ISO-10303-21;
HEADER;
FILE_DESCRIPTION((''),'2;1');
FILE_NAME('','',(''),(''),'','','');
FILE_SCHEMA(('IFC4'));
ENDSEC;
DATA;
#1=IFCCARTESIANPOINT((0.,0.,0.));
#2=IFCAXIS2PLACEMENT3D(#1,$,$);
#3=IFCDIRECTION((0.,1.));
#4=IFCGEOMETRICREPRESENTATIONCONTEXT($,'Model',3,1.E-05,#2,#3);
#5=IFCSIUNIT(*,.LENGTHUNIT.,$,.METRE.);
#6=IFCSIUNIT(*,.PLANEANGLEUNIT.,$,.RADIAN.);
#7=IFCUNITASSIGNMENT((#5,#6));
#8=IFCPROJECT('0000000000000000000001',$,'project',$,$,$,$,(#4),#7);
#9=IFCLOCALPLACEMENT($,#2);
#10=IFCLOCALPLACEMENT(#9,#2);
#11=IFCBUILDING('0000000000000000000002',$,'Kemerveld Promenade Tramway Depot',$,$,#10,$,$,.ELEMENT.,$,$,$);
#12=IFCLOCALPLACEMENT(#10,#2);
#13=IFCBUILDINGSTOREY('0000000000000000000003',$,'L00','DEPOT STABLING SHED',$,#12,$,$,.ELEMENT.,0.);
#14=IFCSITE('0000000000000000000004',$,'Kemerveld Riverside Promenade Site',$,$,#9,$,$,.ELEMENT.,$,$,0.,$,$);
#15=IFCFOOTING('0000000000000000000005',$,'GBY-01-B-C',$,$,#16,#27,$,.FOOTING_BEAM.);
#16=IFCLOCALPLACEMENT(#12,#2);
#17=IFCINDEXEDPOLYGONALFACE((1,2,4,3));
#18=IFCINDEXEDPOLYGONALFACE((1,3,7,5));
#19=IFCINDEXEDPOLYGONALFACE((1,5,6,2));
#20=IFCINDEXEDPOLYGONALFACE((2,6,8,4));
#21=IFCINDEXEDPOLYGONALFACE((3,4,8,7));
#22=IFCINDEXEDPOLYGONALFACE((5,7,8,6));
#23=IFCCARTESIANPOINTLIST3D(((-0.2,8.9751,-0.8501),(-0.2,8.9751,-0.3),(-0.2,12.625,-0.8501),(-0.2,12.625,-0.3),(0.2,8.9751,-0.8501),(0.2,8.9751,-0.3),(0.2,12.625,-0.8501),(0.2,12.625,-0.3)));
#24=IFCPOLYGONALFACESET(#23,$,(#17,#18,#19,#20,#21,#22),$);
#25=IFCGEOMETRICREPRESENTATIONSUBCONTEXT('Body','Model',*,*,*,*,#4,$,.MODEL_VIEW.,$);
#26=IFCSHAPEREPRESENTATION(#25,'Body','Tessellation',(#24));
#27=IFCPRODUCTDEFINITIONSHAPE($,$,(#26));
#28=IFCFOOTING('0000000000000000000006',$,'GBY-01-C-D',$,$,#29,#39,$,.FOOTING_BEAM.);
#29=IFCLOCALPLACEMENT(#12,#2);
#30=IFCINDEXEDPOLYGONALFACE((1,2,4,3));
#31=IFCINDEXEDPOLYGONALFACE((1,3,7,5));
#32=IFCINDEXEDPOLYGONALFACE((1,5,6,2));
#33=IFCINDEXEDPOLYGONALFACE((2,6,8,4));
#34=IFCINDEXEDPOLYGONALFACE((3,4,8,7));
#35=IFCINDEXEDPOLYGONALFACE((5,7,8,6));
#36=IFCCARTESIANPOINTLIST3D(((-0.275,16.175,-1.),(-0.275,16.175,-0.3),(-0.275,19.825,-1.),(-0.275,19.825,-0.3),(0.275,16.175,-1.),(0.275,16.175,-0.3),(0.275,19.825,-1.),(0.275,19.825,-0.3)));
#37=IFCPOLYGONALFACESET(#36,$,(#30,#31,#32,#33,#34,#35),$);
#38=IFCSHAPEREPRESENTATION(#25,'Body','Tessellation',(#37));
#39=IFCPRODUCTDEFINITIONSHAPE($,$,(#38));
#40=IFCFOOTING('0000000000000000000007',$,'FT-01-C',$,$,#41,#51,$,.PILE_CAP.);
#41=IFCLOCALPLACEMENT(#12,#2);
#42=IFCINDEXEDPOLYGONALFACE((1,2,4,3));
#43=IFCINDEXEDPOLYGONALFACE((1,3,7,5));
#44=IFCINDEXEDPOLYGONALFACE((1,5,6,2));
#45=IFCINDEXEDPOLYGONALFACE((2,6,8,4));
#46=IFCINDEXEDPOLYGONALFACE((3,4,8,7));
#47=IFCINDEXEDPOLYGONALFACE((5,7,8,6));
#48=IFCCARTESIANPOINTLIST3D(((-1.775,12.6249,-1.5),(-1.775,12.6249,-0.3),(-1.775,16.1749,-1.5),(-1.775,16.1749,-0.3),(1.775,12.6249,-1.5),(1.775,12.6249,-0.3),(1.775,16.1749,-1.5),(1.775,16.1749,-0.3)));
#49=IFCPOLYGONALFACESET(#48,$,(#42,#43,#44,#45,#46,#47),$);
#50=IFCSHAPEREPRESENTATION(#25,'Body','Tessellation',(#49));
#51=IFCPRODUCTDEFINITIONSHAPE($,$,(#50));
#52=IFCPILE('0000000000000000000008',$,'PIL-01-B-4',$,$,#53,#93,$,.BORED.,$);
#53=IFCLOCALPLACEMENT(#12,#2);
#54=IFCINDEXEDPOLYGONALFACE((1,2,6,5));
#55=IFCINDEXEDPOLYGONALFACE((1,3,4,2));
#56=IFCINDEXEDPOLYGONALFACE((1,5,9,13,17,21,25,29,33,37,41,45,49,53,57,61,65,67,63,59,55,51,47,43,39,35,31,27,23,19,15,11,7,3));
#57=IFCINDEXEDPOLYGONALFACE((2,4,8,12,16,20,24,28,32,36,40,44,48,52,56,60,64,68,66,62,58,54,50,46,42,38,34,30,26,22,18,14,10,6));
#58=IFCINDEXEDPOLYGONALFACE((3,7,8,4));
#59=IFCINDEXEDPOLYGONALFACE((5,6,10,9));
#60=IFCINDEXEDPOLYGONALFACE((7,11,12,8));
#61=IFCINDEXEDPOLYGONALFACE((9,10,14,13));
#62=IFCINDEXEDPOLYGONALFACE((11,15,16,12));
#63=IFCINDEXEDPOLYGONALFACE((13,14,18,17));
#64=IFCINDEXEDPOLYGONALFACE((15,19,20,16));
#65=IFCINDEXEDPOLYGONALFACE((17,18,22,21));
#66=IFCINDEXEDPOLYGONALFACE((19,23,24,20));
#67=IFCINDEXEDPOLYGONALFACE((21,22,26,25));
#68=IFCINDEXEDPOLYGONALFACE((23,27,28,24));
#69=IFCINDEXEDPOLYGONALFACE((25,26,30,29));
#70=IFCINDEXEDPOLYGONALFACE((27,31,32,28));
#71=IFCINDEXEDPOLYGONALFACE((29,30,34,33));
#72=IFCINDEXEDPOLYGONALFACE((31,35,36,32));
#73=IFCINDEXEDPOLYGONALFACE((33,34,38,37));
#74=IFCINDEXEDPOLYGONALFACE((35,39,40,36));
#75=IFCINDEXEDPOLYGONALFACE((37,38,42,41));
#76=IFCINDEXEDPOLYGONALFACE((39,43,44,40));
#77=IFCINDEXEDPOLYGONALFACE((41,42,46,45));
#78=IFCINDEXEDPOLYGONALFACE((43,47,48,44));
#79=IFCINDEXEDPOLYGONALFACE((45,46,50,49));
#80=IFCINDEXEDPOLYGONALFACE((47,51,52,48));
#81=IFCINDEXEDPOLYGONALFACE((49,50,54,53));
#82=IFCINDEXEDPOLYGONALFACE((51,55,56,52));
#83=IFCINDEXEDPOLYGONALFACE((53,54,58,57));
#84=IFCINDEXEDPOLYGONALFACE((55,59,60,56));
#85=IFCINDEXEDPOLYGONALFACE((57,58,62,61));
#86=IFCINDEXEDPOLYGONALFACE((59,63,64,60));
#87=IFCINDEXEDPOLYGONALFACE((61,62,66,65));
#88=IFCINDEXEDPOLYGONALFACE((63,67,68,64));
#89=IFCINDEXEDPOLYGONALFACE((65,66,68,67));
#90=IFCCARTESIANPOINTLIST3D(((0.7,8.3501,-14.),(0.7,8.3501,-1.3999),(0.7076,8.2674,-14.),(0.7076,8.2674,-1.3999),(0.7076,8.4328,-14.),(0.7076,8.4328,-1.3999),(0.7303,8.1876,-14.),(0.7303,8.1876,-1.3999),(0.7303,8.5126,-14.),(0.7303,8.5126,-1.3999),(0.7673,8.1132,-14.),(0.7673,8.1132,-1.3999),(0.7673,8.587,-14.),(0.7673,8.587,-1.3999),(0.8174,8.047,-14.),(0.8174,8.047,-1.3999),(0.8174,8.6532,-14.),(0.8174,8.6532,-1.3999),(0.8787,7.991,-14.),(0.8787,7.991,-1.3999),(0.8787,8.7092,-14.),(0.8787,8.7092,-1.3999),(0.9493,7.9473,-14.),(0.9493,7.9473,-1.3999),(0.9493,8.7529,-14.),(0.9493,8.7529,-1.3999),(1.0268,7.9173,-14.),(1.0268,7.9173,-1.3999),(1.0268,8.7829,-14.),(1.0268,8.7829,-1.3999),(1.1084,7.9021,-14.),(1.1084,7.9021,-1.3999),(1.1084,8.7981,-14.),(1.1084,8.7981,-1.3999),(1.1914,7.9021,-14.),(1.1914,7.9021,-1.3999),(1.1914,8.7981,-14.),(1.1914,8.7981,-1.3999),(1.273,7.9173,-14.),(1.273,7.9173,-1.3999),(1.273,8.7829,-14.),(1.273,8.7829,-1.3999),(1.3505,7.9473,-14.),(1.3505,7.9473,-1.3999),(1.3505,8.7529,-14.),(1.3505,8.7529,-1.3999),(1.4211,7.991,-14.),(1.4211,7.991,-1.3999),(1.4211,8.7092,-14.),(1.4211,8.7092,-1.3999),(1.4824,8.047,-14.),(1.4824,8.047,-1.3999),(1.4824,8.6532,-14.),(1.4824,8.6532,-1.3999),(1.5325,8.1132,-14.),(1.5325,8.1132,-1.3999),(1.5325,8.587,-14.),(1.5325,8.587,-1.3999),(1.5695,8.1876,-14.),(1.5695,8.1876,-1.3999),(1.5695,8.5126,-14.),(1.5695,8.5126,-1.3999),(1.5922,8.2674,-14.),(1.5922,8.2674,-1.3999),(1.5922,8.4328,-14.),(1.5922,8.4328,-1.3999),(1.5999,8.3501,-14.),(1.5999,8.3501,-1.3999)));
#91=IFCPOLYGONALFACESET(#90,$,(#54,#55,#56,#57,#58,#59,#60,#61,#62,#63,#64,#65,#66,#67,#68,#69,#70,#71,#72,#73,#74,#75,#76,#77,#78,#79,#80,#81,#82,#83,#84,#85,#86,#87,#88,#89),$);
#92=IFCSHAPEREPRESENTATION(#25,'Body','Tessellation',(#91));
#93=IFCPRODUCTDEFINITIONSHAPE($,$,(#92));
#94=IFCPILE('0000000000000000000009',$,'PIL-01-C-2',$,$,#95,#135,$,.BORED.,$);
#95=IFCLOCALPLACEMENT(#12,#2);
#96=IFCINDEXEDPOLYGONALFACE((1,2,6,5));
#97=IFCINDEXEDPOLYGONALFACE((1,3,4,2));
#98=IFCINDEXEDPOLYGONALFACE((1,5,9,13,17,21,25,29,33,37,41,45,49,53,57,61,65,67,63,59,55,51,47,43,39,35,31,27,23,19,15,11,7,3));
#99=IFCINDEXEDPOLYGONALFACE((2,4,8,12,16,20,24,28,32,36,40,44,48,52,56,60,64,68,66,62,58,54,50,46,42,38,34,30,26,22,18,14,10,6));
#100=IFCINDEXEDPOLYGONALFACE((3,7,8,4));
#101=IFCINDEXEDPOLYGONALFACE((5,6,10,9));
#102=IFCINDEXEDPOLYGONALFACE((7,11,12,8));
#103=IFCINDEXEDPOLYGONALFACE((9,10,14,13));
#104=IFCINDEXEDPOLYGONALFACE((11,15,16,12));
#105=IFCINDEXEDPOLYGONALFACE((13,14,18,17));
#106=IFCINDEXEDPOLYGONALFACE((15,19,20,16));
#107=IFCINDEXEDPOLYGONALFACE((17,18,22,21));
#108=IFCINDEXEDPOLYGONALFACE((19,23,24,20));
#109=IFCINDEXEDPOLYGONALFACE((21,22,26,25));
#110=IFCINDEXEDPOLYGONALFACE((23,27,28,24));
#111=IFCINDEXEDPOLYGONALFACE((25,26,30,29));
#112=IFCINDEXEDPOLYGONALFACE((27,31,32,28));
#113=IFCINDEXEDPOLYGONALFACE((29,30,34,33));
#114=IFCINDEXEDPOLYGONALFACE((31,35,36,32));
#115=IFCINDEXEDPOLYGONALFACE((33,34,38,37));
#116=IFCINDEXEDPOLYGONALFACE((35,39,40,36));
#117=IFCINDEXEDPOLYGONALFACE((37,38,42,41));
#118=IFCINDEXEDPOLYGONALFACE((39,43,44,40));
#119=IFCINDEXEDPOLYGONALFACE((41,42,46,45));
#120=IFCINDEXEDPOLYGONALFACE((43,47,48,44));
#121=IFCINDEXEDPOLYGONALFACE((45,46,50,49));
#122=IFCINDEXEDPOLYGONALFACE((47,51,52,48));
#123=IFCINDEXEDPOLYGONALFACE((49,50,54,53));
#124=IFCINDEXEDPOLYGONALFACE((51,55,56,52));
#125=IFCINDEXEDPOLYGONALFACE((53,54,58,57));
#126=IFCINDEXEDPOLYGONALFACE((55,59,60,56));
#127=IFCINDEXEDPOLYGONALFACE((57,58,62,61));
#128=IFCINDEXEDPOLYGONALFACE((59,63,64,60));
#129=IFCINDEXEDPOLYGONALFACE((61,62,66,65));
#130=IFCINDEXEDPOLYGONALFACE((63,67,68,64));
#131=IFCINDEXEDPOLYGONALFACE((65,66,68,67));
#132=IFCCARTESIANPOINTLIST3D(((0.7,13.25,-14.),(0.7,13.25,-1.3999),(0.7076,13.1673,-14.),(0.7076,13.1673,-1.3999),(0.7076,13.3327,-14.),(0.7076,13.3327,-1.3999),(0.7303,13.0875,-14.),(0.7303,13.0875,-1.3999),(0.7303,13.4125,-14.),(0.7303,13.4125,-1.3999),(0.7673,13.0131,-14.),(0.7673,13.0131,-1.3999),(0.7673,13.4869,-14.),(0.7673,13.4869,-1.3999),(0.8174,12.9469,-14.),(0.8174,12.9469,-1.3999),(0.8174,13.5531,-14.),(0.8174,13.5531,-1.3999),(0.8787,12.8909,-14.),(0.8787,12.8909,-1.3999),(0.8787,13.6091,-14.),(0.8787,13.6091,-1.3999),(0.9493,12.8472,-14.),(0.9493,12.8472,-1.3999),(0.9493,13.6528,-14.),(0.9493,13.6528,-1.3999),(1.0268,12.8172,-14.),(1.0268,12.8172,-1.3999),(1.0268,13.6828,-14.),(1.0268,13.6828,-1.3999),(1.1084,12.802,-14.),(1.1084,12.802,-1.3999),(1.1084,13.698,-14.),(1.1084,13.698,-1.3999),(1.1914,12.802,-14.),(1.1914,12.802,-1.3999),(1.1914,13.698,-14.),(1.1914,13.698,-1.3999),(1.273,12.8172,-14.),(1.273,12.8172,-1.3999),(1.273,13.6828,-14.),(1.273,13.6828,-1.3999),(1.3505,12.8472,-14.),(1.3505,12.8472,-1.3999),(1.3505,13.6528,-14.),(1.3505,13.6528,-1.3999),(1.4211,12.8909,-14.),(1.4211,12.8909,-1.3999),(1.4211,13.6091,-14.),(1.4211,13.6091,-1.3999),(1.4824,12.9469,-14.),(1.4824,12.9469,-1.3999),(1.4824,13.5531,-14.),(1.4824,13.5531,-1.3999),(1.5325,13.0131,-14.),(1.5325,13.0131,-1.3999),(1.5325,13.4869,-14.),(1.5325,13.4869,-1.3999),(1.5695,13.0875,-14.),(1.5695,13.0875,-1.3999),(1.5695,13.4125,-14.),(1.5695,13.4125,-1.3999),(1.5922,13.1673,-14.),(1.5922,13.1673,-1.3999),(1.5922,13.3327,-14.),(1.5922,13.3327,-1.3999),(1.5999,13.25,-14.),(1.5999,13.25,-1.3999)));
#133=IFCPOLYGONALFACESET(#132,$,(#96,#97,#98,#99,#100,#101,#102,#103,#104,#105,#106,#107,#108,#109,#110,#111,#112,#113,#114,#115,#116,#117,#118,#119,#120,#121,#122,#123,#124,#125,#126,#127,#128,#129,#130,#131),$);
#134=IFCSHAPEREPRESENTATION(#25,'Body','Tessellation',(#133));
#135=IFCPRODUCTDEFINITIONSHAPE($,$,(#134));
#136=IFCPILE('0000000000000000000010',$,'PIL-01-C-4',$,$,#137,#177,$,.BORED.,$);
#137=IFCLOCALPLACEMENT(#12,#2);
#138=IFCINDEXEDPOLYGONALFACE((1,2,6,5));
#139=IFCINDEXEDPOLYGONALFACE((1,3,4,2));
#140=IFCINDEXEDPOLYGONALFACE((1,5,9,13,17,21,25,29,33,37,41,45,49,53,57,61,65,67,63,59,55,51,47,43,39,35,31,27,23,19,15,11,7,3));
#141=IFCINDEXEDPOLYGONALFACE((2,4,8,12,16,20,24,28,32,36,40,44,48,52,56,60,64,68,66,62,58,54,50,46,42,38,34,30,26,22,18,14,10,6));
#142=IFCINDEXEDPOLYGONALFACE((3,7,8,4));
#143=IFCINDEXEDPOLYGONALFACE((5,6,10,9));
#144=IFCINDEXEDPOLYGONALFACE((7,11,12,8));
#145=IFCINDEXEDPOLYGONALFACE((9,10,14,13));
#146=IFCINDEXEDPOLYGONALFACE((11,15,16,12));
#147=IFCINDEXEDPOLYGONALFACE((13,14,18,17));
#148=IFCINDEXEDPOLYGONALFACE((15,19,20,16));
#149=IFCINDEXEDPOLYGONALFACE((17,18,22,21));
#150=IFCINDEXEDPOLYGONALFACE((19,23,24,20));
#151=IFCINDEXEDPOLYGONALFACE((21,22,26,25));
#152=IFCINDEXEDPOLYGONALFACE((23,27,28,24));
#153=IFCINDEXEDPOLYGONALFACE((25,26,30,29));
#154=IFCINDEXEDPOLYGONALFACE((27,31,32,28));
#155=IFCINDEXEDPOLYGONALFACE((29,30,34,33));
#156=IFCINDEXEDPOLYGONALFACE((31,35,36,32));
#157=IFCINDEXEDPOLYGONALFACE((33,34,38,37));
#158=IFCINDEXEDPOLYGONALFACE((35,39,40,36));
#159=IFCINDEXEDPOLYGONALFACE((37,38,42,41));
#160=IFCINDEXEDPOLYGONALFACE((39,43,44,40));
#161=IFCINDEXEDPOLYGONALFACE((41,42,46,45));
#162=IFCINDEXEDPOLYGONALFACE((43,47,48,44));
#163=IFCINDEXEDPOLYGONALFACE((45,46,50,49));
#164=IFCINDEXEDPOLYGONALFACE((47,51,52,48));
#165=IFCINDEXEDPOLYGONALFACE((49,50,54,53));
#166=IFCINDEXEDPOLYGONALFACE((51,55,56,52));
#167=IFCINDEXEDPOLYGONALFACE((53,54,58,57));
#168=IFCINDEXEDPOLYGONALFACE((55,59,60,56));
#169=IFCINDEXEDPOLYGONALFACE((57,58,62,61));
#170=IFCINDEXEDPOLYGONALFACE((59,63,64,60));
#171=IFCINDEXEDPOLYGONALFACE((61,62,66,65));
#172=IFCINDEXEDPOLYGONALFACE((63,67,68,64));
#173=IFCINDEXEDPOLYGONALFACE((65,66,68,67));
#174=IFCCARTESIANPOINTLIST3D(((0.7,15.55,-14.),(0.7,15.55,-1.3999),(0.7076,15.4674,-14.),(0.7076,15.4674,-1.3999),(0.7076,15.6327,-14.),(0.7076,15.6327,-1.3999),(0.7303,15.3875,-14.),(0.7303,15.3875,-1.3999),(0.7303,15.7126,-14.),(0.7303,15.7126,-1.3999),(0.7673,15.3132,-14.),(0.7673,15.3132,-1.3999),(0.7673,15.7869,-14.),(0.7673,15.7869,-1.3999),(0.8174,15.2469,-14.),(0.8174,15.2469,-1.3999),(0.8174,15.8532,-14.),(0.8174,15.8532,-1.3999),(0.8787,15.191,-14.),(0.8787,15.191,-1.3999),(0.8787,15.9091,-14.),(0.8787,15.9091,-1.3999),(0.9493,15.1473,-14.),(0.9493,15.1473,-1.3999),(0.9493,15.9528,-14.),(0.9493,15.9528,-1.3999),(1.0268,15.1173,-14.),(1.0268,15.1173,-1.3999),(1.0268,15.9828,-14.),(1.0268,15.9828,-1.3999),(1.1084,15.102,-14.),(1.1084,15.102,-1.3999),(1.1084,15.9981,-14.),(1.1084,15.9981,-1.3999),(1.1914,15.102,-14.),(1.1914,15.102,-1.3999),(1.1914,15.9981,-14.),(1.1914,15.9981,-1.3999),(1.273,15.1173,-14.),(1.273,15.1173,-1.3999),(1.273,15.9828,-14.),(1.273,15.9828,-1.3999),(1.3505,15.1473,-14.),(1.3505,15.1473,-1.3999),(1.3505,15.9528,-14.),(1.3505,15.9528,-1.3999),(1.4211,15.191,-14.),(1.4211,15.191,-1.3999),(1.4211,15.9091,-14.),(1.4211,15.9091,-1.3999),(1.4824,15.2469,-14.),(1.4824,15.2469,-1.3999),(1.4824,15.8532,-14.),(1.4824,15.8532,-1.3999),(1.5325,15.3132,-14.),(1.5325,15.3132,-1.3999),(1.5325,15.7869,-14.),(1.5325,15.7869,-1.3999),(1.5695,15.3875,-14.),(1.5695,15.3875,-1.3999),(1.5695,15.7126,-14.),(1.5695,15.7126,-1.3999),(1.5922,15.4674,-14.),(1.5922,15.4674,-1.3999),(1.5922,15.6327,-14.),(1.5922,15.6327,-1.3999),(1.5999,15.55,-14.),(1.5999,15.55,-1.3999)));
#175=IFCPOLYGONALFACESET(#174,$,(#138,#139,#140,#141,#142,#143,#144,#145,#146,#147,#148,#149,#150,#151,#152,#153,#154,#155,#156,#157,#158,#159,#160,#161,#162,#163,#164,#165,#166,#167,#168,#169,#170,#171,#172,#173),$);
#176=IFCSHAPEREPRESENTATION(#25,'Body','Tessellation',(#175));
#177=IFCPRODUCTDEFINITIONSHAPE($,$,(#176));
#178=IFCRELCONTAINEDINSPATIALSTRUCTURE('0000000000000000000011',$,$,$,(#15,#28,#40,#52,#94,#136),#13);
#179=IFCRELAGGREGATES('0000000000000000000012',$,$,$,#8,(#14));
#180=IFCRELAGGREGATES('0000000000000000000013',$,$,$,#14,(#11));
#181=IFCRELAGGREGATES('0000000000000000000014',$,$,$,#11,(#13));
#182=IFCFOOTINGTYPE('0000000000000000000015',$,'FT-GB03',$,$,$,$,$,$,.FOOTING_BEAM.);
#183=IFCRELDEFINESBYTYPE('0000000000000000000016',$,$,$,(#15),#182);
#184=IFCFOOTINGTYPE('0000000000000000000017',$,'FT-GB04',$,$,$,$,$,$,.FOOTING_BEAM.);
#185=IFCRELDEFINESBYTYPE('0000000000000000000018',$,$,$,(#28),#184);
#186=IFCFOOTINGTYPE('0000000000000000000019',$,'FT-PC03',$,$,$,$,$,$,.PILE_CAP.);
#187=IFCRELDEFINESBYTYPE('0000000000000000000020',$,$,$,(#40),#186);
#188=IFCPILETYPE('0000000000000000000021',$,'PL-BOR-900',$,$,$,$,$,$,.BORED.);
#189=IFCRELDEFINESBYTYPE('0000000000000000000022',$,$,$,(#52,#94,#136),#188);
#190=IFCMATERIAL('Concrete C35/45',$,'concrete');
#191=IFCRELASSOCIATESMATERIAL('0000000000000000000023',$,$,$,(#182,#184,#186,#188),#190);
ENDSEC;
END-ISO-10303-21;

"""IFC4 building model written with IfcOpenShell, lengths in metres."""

from ifc_helpers import new_model, si_unit, direction, frame, origin, origin_2d, place, context, subcontext, project, spatial, rectangle, circle, extrude, material, material_profile, profile_set, type_object, element, save


model = new_model("IFC4")

# Units and contexts
model_context = context("Model", 3, precision=1e-05, world=origin(), true_north=direction((0.0, 1.0)))
body_context = subcontext(model_context, "Body", "Model", "MODEL_VIEW")
ifc_project = project(units=[si_unit("LENGTHUNIT", "METRE"), si_unit("PLANEANGLEUNIT", "RADIAN")], contexts=[model_context])

# Site, building, storey
site_placement = place(None, origin())
site = spatial("IfcSite", under=ifc_project, at=site_placement, Name="Kemerveld Riverside Promenade Site", CompositionType="ELEMENT", RefElevation=0.0)
building_placement = place(site_placement, origin())
building = spatial("IfcBuilding", under=site, at=building_placement, Name="Kemerveld Promenade Tramway Depot", CompositionType="ELEMENT")
storey_placement = place(building_placement, origin())
storey = spatial("IfcBuildingStorey", under=building, at=storey_placement, Name="L00", Description="DEPOT STABLING SHED", CompositionType="ELEMENT", Elevation=0.0)

# Footings
ifc_material_1 = material(Name="Concrete C35/45", Category="concrete")
footing_type_1 = type_object("IfcFootingType", Name="FT-GB03", PredefinedType="FOOTING_BEAM", material=ifc_material_1)
footing_1_placement = place(storey_placement, frame((0.0, 10.8, -0.8501), z_axis=(0.0, 0.0, 1.0), x_axis=(0.0, 1.0, 0.0)))
element("IfcFooting", 1, at=footing_1_placement, inside=storey, type_object=footing_type_1, Name="GBY-01-B-C", PredefinedType="FOOTING_BEAM", context=body_context, shape_type="SweptSolid", body=[
    extrude(rectangle(XDim=3.6499, YDim=0.3999, at=origin_2d()), origin(), (0.0, 0.0, 1.0), 0.55),
])
footing_type_2 = type_object("IfcFootingType", Name="FT-GB04", PredefinedType="FOOTING_BEAM", material=ifc_material_1)
footing_2_placement = place(storey_placement, frame((0.0, 18.0, -1.0), z_axis=(0.0, 0.0, 1.0), x_axis=(0.0, 1.0, 0.0)))
element("IfcFooting", 2, at=footing_2_placement, inside=storey, type_object=footing_type_2, Name="GBY-01-C-D", PredefinedType="FOOTING_BEAM", context=body_context, shape_type="SweptSolid", body=[
    extrude(rectangle(XDim=3.6499, YDim=0.55, at=origin_2d()), origin(), (0.0, 0.0, 1.0), 0.7),
])
footing_type_3 = type_object("IfcFootingType", Name="FT-PC03", PredefinedType="PILE_CAP", material=ifc_material_1)
footing_3_placement = place(storey_placement, frame((0.0, 14.3999, -1.5), z_axis=(0.0, 0.0, 1.0), x_axis=(1.0, 0.0, 0.0)))
element("IfcFooting", 3, at=footing_3_placement, inside=storey, type_object=footing_type_3, Name="FT-01-C", PredefinedType="PILE_CAP", context=body_context, shape_type="SweptSolid", body=[
    extrude(rectangle(XDim=3.55, YDim=3.55, at=origin_2d()), origin(), (0.0, 0.0, 1.0), 1.2),
])

# Piles
ifc_material_profile_1 = material_profile(ifc_material_1, circle(Radius=0.45, at=origin_2d()), Name="PILE-D900")
ifc_profile_set_1 = profile_set([ifc_material_profile_1], Name="Concrete C35/45")
pile_type = type_object("IfcPileType", Name="PL-BOR-900", PredefinedType="BORED", material=ifc_profile_set_1)
for number, where, z_axis, x_axis, name in (
    (4, (1.1499, 8.3501, -1.3999), (0.0, 0.0, -1.0), (1.0, 0.0, 0.0), "PIL-01-B-4"),
    (5, (1.1499, 13.25, -1.3999), (0.0, 0.0, -1.0), (1.0, 0.0, 0.0), "PIL-01-C-2"),
    (6, (1.1499, 15.55, -1.3999), (0.0, 0.0, -1.0), (1.0, 0.0, 0.0), "PIL-01-C-4"),
):
    element("IfcPile", number, at=place(storey_placement, frame(where, z_axis=z_axis, x_axis=x_axis)), inside=storey, type_object=pile_type, Name=name, PredefinedType="BORED", context=body_context, shape_type="SweptSolid", body=[
        extrude(circle(Radius=0.45, at=origin_2d()), origin(), (0.0, 0.0, 1.0), 12.6001),
    ])

save(model, "model.ifc")
